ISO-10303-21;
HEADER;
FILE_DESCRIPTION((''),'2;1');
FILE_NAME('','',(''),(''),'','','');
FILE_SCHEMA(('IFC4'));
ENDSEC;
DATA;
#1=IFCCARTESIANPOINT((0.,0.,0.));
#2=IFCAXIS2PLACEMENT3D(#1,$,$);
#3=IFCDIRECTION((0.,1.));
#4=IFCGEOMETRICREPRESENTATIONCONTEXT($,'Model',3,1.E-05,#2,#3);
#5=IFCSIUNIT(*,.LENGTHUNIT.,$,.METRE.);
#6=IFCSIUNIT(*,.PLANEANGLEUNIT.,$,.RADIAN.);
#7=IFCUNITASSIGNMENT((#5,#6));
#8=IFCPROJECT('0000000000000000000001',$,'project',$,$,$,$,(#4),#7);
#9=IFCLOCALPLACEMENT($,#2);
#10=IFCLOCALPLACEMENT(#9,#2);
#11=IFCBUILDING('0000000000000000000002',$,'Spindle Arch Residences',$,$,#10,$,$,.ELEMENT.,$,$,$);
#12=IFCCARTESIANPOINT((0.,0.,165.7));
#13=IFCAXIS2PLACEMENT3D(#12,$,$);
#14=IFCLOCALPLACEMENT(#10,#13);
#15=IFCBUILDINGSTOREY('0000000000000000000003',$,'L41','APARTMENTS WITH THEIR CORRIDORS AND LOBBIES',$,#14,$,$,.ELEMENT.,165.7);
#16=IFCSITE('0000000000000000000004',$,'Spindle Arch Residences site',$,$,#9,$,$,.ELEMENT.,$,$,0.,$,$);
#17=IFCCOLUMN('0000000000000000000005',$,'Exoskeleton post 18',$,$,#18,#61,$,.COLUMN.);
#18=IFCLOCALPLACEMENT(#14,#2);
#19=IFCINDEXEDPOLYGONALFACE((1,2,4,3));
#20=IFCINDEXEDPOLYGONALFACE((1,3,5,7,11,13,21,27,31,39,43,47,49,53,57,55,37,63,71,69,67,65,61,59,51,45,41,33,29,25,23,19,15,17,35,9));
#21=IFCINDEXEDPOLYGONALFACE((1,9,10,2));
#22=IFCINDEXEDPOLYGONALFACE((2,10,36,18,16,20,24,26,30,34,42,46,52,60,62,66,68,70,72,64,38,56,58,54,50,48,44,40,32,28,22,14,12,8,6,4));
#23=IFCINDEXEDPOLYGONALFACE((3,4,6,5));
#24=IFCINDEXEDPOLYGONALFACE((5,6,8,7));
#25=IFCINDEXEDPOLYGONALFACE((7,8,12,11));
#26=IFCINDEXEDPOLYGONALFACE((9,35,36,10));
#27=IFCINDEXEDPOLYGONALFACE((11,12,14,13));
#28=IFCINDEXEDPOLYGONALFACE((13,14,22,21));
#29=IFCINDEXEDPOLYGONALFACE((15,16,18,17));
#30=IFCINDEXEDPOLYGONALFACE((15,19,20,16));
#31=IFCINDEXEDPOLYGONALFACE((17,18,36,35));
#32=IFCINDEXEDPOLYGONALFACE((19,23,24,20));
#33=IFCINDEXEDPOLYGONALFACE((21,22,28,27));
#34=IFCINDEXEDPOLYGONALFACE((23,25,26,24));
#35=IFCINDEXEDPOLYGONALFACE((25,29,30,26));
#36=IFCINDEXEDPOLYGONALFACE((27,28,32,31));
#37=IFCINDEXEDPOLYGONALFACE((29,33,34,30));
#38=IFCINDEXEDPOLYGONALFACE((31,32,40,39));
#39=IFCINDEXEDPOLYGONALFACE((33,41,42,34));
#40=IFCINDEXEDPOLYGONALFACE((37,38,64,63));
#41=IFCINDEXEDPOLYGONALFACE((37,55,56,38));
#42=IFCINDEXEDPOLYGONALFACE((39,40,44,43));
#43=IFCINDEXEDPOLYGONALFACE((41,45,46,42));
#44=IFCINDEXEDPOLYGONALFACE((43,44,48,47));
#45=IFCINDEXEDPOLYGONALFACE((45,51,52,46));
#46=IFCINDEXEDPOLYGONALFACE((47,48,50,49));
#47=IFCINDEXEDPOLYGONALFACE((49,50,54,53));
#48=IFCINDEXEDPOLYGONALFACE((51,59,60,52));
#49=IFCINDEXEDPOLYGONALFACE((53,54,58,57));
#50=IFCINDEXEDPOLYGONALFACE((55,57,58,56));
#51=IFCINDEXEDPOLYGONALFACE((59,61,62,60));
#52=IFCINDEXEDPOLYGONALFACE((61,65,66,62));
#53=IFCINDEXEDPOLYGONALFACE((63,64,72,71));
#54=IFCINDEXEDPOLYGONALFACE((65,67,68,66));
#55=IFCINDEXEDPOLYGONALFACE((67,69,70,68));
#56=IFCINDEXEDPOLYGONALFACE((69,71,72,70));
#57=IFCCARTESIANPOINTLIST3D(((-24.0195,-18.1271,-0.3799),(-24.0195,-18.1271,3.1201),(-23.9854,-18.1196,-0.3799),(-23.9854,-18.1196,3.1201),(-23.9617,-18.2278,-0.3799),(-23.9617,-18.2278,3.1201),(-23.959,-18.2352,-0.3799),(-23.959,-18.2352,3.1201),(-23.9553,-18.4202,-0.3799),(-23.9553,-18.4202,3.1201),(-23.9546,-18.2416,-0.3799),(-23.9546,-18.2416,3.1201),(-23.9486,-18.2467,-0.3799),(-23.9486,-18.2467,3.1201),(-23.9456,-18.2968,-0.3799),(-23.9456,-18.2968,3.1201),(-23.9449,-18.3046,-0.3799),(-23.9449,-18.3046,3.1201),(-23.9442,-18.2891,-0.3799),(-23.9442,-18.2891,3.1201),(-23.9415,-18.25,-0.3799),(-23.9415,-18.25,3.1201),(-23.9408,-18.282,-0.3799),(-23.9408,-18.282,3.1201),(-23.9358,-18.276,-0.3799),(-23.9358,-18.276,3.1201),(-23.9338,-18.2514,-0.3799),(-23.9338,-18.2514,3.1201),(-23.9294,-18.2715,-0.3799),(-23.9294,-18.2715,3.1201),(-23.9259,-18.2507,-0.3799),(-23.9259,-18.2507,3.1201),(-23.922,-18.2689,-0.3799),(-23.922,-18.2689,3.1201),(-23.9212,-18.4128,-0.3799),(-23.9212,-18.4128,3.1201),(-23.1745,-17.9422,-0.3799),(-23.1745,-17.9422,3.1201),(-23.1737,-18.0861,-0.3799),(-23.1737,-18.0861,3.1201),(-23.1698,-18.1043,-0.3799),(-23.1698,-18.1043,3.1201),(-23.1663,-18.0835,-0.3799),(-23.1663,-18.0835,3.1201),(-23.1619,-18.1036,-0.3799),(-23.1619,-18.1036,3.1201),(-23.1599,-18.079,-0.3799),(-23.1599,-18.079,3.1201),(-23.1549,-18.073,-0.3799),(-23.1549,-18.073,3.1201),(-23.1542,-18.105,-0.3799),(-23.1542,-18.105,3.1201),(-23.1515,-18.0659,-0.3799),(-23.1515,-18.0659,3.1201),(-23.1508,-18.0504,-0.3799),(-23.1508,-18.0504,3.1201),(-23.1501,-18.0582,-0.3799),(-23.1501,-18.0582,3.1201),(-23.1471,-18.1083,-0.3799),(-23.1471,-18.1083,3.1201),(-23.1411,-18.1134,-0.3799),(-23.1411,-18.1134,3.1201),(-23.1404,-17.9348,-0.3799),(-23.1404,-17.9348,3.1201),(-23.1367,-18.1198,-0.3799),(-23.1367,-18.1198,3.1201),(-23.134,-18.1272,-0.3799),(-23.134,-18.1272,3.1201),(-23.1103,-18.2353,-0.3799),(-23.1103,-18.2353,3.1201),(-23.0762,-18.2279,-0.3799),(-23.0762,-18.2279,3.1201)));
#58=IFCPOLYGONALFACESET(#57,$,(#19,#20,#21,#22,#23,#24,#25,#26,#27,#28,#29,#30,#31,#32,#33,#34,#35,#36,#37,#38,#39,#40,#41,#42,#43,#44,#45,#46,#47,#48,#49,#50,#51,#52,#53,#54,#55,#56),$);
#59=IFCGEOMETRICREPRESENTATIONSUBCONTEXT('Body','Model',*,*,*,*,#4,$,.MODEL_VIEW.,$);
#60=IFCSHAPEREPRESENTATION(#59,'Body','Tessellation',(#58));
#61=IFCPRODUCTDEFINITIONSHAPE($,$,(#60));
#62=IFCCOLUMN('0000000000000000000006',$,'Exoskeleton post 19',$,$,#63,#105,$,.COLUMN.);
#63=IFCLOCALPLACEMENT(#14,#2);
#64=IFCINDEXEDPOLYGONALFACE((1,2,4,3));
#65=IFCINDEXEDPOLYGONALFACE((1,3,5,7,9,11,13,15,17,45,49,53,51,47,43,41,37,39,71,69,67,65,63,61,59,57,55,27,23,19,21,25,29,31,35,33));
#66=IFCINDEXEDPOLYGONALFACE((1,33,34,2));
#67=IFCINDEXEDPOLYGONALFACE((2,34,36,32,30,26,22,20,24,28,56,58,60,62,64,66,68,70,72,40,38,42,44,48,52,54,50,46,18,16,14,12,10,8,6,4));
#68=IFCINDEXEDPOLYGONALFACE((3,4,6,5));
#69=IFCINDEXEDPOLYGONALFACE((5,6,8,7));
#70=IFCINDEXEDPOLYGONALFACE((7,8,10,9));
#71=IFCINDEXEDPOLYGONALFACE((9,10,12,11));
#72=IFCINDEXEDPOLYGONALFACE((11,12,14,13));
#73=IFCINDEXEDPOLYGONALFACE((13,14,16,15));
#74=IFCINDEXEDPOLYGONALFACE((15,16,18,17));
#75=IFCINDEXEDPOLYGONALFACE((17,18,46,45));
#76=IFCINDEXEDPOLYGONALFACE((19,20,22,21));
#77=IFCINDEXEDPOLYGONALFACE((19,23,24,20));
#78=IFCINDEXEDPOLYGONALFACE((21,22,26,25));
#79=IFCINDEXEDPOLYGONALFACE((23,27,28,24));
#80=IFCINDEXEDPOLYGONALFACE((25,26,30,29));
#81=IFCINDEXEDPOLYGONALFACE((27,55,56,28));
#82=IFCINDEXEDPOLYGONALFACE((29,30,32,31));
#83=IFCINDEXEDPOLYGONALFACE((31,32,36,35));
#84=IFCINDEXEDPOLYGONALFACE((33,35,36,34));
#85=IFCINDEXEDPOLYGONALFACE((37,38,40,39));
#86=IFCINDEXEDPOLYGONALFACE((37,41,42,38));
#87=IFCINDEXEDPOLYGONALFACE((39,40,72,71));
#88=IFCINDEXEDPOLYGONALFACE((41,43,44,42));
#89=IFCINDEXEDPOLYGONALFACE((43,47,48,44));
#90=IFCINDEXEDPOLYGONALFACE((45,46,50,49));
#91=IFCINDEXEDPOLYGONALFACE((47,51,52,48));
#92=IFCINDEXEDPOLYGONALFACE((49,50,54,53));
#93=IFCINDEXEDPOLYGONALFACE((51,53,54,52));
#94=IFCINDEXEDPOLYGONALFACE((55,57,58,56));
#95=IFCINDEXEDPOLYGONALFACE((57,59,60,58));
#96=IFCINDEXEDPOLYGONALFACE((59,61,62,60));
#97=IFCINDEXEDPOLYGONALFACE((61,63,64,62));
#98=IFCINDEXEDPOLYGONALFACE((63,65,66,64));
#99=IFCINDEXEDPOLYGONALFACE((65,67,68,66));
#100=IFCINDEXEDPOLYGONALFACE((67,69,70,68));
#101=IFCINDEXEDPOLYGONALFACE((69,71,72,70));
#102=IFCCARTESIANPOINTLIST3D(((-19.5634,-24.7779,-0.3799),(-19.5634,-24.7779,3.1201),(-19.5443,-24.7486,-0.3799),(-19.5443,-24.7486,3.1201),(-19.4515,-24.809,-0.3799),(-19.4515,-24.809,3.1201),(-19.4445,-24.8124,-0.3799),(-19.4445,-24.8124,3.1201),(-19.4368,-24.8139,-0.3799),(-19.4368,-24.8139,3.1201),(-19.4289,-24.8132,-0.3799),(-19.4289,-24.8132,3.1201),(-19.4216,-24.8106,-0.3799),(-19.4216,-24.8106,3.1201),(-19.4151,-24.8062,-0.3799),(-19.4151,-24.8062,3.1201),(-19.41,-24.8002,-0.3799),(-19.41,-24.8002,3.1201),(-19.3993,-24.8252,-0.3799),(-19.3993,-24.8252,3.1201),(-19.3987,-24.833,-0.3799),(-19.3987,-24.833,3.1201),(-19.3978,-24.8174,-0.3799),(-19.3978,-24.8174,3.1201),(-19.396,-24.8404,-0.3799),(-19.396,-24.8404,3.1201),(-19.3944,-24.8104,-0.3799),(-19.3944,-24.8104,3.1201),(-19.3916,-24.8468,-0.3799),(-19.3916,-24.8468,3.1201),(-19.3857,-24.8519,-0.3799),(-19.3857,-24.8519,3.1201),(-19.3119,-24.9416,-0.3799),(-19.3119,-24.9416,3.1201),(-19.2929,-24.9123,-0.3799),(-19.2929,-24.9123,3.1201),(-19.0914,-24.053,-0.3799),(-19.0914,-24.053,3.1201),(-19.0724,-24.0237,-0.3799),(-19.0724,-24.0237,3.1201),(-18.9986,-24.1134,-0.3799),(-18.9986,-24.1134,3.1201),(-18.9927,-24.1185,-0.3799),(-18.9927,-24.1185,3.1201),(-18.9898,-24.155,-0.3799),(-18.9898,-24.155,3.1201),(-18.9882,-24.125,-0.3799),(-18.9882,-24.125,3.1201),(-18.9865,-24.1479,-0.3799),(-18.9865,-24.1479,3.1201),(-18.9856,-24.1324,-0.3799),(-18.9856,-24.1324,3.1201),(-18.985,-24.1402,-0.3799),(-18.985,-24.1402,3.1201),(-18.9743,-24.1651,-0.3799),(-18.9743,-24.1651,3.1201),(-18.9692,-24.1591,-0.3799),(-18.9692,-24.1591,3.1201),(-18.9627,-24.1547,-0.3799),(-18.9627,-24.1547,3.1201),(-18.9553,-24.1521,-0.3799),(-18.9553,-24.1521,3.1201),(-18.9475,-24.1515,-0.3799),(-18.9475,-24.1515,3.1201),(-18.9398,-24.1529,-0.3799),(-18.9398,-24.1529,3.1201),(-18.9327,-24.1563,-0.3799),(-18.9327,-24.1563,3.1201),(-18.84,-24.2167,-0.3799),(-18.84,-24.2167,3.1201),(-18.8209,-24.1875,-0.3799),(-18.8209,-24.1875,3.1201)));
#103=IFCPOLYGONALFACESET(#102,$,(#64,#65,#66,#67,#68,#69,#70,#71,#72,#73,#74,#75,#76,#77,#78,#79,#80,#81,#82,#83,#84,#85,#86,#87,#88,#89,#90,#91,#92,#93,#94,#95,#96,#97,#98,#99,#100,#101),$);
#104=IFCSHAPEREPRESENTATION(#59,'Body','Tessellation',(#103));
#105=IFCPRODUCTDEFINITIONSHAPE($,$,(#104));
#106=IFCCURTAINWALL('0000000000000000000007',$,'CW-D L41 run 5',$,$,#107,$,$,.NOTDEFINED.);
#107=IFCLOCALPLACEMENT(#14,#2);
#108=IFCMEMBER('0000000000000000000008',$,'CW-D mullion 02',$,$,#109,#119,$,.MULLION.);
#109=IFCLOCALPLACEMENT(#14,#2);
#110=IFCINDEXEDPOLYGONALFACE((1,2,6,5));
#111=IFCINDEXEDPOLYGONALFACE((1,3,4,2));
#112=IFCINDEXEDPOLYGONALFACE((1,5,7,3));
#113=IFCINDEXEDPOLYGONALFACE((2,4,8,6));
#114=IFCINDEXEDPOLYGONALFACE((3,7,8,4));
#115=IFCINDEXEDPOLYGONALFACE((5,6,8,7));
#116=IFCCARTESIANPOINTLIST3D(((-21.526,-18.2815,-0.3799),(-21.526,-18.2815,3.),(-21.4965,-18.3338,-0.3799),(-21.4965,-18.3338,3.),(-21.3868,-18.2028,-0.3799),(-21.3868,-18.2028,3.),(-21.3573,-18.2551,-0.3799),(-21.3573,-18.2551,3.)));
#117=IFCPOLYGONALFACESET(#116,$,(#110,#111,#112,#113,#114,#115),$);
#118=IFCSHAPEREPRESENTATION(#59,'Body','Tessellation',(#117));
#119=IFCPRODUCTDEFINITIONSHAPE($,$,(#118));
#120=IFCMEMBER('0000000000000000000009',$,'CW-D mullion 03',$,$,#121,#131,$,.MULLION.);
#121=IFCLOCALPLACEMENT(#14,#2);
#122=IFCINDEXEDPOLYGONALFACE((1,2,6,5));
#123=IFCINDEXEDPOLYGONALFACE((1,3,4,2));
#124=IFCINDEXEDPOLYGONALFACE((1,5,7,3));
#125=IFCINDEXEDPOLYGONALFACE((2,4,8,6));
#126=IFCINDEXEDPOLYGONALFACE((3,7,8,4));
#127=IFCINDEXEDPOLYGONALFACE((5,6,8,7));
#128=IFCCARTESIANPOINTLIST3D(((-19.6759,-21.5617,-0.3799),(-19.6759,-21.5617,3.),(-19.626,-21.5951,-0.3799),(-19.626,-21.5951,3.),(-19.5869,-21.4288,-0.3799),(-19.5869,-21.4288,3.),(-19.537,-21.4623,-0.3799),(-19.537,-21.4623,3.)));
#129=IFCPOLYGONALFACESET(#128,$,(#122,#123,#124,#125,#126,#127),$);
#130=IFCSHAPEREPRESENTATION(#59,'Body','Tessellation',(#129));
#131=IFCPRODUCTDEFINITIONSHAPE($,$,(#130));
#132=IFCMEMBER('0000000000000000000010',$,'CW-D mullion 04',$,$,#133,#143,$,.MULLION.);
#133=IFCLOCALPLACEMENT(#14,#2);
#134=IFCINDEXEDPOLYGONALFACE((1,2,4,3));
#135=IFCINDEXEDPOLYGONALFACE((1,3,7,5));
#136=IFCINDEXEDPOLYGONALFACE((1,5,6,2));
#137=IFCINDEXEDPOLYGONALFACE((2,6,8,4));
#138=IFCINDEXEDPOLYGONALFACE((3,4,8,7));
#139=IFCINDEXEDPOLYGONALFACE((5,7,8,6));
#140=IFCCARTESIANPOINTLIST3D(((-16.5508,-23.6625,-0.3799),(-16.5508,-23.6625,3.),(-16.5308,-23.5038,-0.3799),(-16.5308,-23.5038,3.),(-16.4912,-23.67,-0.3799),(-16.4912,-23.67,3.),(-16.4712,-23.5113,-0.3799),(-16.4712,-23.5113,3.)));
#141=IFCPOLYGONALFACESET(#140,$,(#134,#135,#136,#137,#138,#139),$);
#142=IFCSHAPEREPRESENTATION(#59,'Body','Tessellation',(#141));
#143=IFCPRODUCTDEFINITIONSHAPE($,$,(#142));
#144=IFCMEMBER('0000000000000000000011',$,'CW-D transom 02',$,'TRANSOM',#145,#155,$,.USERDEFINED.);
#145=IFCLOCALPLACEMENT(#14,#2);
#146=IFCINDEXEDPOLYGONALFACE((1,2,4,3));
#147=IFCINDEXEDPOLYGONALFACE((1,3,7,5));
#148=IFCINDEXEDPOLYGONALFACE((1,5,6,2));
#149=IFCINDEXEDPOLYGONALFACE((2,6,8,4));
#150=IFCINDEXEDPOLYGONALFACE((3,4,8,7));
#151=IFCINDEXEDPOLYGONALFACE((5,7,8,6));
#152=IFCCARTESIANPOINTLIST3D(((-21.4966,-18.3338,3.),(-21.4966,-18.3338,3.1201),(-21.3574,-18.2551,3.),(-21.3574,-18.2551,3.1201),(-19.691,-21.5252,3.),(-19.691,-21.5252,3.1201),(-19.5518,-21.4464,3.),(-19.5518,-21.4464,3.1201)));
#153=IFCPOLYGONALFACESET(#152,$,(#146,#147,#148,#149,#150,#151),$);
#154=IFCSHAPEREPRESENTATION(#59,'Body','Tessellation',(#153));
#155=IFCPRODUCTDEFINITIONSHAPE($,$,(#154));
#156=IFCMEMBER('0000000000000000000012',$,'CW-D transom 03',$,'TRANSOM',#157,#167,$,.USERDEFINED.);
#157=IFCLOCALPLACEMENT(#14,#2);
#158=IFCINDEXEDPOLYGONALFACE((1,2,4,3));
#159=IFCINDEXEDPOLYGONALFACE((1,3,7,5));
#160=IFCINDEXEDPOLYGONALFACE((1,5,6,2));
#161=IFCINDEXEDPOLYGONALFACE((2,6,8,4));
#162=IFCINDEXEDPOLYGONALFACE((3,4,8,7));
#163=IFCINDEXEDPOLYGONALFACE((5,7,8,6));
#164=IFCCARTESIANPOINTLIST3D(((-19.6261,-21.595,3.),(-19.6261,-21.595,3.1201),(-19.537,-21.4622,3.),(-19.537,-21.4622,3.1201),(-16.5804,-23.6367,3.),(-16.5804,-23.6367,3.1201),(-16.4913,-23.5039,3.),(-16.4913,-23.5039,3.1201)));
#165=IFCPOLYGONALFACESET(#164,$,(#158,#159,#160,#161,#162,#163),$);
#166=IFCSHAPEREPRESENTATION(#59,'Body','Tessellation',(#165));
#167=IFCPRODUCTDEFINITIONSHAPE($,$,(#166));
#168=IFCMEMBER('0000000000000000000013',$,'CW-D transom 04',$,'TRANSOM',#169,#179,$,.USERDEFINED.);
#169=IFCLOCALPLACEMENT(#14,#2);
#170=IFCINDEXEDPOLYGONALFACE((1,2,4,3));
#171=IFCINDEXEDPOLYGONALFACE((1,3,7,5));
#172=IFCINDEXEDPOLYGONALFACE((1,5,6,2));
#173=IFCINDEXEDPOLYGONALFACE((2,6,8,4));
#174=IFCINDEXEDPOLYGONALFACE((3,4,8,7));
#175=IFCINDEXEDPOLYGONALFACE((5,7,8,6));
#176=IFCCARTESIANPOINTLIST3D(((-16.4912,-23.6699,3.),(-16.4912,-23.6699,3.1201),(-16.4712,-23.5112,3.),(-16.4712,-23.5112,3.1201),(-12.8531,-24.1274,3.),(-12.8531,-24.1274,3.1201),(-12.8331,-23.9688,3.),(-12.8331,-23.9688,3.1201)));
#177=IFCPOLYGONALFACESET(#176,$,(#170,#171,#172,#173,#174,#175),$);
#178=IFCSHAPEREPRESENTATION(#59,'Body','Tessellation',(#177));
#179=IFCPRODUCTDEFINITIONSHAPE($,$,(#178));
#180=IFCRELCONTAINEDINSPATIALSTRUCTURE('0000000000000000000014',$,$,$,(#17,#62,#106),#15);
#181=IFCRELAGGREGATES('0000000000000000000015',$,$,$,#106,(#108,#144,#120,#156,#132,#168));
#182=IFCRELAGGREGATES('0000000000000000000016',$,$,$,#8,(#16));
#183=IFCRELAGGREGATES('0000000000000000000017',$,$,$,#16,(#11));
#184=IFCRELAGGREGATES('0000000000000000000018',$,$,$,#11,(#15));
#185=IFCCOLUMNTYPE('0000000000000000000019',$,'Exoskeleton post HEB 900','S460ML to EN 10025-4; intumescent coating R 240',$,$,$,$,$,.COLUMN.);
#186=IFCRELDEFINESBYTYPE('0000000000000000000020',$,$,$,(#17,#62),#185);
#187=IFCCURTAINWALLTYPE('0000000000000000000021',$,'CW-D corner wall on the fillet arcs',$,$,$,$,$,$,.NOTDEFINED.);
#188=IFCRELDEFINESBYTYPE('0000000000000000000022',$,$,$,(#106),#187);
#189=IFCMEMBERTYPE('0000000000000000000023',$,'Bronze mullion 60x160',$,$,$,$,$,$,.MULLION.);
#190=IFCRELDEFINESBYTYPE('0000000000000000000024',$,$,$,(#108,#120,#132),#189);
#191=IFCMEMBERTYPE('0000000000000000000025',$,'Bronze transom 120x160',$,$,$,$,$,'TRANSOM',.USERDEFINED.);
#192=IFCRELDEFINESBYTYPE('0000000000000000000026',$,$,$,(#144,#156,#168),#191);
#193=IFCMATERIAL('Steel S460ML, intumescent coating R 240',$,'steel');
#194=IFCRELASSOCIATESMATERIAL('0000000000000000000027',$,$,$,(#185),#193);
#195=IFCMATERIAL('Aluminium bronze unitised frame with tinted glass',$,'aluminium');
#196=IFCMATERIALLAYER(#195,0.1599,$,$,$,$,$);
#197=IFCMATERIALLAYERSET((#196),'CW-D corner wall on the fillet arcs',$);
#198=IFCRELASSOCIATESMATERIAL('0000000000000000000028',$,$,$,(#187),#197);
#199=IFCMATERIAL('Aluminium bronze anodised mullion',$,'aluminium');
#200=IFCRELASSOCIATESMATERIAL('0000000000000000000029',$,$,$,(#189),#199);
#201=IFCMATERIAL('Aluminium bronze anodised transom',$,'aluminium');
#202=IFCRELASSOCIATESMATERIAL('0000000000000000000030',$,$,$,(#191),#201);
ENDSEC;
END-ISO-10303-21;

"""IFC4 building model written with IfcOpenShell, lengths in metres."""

from ifc_helpers import new_model, si_unit, direction, frame, origin, origin_2d, place, context, subcontext, project, spatial, rectangle, i_section, extrude, material, layer, layer_set, material_profile, profile_set, type_object, element, aggregate, save


model = new_model("IFC4")

# Units and contexts
model_context = context("Model", 3, precision=1e-05, world=origin(), true_north=direction((0.0, 1.0)))
body_context = subcontext(model_context, "Body", "Model", "MODEL_VIEW")
ifc_project = project(units=[si_unit("LENGTHUNIT", "METRE"), si_unit("PLANEANGLEUNIT", "RADIAN")], contexts=[model_context])

# Site, building, storey
site_placement = place(None, origin())
site = spatial("IfcSite", under=ifc_project, at=site_placement, Name="Spindle Arch Residences site", CompositionType="ELEMENT", RefElevation=0.0)
building_placement = place(site_placement, origin())
building = spatial("IfcBuilding", under=site, at=building_placement, Name="Spindle Arch Residences", CompositionType="ELEMENT")
storey_placement = place(building_placement, frame((0.0, 0.0, 165.7)))
storey = spatial("IfcBuildingStorey", under=building, at=storey_placement, Name="L41", Description="APARTMENTS WITH THEIR CORRIDORS AND LOBBIES", CompositionType="ELEMENT", Elevation=165.7)

# Columns
ifc_material_1 = material(Name="Steel S460ML, intumescent coating R 240", Category="steel")
ifc_material_profile_1 = material_profile(ifc_material_1, i_section(OverallWidth=0.3, OverallDepth=0.8999, WebThickness=0.0186, FlangeThickness=0.0349, FilletRadius=0.03, at=origin_2d()), Name="HEB 900")
ifc_profile_set_1 = profile_set([ifc_material_profile_1], Name="Steel S460ML, intumescent coating R 240")
column_type = type_object("IfcColumnType", Name="Exoskeleton post HEB 900", Description="S460ML to EN 10025-4; intumescent coating R 240", PredefinedType="COLUMN", material=ifc_profile_set_1)
for number, where, z_axis, x_axis, name in (
    (1, (-23.5479, -18.1775, -0.3799), (0.0, 0.0, 1.0), (-0.213754, 0.976887, 0.0), "Exoskeleton post 18"),
    (2, (-19.1921, -24.4827, -0.3799), (0.0, 0.0, 1.0), (-0.838019, 0.545641, 0.0), "Exoskeleton post 19"),
):
    element("IfcColumn", number, at=place(storey_placement, frame(where, z_axis=z_axis, x_axis=x_axis)), inside=storey, type_object=column_type, Name=name, PredefinedType="COLUMN", context=body_context, shape_type="SweptSolid", body=[
        extrude(i_section(OverallWidth=0.3, OverallDepth=0.8999, WebThickness=0.0186, FlangeThickness=0.0349, FilletRadius=0.03, at=origin_2d()), origin(), (0.0, 0.0, 1.0), 3.5),
    ])

# Curtain wall, members
ifc_material_2 = material(Name="Aluminium bronze unitised frame with tinted glass", Category="aluminium")
ifc_layer_1 = layer(ifc_material_2, 0.1599)
ifc_layer_set_1 = layer_set([ifc_layer_1], Name="CW-D corner wall on the fillet arcs")
curtain_wall_type = type_object("IfcCurtainWallType", Name="CW-D corner wall on the fillet arcs", PredefinedType="NOTDEFINED", material=ifc_layer_set_1)
curtain_wall_placement = place(storey_placement, origin())
curtain_wall = element("IfcCurtainWall", 3, at=curtain_wall_placement, inside=storey, type_object=curtain_wall_type, Name="CW-D L41 run 5", PredefinedType="NOTDEFINED")
ifc_material_3 = material(Name="Aluminium bronze anodised mullion", Category="aluminium")
ifc_material_profile_2 = material_profile(ifc_material_3, rectangle(XDim=0.1599, YDim=0.0601, at=origin_2d()), Name="MU 60x160")
ifc_profile_set_2 = profile_set([ifc_material_profile_2], Name="Aluminium bronze anodised mullion")
member_type_1 = type_object("IfcMemberType", Name="Bronze mullion 60x160", PredefinedType="MULLION", material=ifc_profile_set_2)
member_1_placement = place(storey_placement, frame((-21.4417, -18.2683, -0.3799), z_axis=(0.0, 0.0, 1.0), x_axis=(0.870356, 0.492424, 0.0)))
member_1 = element("IfcMember", 4, at=member_1_placement, type_object=member_type_1, Name="CW-D mullion 02", PredefinedType="MULLION", context=body_context, shape_type="SweptSolid", body=[
    extrude(rectangle(XDim=0.1599, YDim=0.0601, at=origin_2d()), origin(), (0.0, 0.0, 1.0), 3.3799),
])
member_2_placement = place(storey_placement, frame((-19.6064, -21.512, -0.3799), z_axis=(0.0, 0.0, 1.0), x_axis=(0.556779, 0.830661, 0.0)))
member_2 = element("IfcMember", 5, at=member_2_placement, type_object=member_type_1, Name="CW-D mullion 03", PredefinedType="MULLION", context=body_context, shape_type="SweptSolid", body=[
    extrude(rectangle(XDim=0.1599, YDim=0.0601, at=origin_2d()), origin(), (0.0, 0.0, 1.0), 3.3799),
])
member_3_placement = place(storey_placement, frame((-16.511, -23.5869, -0.3799), z_axis=(0.0, 0.0, 1.0), x_axis=(0.124756, 0.992187, 0.0)))
member_3 = element("IfcMember", 6, at=member_3_placement, type_object=member_type_1, Name="CW-D mullion 04", PredefinedType="MULLION", context=body_context, shape_type="SweptSolid", body=[
    extrude(rectangle(XDim=0.1599, YDim=0.0601, at=origin_2d()), origin(), (0.0, 0.0, 1.0), 3.3799),
])
ifc_material_4 = material(Name="Aluminium bronze anodised transom", Category="aluminium")
ifc_material_profile_3 = material_profile(ifc_material_4, rectangle(XDim=0.1599, YDim=0.1201, at=origin_2d()), Name="TR 120x160")
ifc_profile_set_3 = profile_set([ifc_material_profile_3], Name="Aluminium bronze anodised transom")
member_type_2 = type_object("IfcMemberType", Name="Bronze transom 120x160", ElementType="TRANSOM", PredefinedType="USERDEFINED", material=ifc_profile_set_3)
member_4_placement = place(storey_placement, frame((-21.427, -18.2944, 3.0601), z_axis=(0.492435, -0.870349, 0.0), x_axis=(0.870349, 0.492435, 0.0)))
member_4 = element("IfcMember", 7, at=member_4_placement, type_object=member_type_2, Name="CW-D transom 02", ObjectType="TRANSOM", PredefinedType="USERDEFINED", context=body_context, shape_type="SweptSolid", body=[
    extrude(rectangle(XDim=0.1599, YDim=0.1201, at=origin_2d()), origin(), (0.0, 0.0, 1.0), 3.6667),
])
member_5_placement = place(storey_placement, frame((-19.5815, -21.5286, 3.0601), z_axis=(0.830624, -0.556834, 0.0), x_axis=(0.556834, 0.830624, 0.0)))
member_5 = element("IfcMember", 8, at=member_5_placement, type_object=member_type_2, Name="CW-D transom 03", ObjectType="TRANSOM", PredefinedType="USERDEFINED", context=body_context, shape_type="SweptSolid", body=[
    extrude(rectangle(XDim=0.1599, YDim=0.1201, at=origin_2d()), origin(), (0.0, 0.0, 1.0), 3.6667),
])
member_6_placement = place(storey_placement, frame((-16.4812, -23.5906, 3.0601), z_axis=(0.992185, -0.124772, 0.0), x_axis=(0.124772, 0.992185, 0.0)))
member_6 = element("IfcMember", 9, at=member_6_placement, type_object=member_type_2, Name="CW-D transom 04", ObjectType="TRANSOM", PredefinedType="USERDEFINED", context=body_context, shape_type="SweptSolid", body=[
    extrude(rectangle(XDim=0.1599, YDim=0.1201, at=origin_2d()), origin(), (0.0, 0.0, 1.0), 3.6667),
])

aggregate(curtain_wall, [member_1, member_4, member_2, member_5, member_3, member_6])

save(model, "model.ifc")
